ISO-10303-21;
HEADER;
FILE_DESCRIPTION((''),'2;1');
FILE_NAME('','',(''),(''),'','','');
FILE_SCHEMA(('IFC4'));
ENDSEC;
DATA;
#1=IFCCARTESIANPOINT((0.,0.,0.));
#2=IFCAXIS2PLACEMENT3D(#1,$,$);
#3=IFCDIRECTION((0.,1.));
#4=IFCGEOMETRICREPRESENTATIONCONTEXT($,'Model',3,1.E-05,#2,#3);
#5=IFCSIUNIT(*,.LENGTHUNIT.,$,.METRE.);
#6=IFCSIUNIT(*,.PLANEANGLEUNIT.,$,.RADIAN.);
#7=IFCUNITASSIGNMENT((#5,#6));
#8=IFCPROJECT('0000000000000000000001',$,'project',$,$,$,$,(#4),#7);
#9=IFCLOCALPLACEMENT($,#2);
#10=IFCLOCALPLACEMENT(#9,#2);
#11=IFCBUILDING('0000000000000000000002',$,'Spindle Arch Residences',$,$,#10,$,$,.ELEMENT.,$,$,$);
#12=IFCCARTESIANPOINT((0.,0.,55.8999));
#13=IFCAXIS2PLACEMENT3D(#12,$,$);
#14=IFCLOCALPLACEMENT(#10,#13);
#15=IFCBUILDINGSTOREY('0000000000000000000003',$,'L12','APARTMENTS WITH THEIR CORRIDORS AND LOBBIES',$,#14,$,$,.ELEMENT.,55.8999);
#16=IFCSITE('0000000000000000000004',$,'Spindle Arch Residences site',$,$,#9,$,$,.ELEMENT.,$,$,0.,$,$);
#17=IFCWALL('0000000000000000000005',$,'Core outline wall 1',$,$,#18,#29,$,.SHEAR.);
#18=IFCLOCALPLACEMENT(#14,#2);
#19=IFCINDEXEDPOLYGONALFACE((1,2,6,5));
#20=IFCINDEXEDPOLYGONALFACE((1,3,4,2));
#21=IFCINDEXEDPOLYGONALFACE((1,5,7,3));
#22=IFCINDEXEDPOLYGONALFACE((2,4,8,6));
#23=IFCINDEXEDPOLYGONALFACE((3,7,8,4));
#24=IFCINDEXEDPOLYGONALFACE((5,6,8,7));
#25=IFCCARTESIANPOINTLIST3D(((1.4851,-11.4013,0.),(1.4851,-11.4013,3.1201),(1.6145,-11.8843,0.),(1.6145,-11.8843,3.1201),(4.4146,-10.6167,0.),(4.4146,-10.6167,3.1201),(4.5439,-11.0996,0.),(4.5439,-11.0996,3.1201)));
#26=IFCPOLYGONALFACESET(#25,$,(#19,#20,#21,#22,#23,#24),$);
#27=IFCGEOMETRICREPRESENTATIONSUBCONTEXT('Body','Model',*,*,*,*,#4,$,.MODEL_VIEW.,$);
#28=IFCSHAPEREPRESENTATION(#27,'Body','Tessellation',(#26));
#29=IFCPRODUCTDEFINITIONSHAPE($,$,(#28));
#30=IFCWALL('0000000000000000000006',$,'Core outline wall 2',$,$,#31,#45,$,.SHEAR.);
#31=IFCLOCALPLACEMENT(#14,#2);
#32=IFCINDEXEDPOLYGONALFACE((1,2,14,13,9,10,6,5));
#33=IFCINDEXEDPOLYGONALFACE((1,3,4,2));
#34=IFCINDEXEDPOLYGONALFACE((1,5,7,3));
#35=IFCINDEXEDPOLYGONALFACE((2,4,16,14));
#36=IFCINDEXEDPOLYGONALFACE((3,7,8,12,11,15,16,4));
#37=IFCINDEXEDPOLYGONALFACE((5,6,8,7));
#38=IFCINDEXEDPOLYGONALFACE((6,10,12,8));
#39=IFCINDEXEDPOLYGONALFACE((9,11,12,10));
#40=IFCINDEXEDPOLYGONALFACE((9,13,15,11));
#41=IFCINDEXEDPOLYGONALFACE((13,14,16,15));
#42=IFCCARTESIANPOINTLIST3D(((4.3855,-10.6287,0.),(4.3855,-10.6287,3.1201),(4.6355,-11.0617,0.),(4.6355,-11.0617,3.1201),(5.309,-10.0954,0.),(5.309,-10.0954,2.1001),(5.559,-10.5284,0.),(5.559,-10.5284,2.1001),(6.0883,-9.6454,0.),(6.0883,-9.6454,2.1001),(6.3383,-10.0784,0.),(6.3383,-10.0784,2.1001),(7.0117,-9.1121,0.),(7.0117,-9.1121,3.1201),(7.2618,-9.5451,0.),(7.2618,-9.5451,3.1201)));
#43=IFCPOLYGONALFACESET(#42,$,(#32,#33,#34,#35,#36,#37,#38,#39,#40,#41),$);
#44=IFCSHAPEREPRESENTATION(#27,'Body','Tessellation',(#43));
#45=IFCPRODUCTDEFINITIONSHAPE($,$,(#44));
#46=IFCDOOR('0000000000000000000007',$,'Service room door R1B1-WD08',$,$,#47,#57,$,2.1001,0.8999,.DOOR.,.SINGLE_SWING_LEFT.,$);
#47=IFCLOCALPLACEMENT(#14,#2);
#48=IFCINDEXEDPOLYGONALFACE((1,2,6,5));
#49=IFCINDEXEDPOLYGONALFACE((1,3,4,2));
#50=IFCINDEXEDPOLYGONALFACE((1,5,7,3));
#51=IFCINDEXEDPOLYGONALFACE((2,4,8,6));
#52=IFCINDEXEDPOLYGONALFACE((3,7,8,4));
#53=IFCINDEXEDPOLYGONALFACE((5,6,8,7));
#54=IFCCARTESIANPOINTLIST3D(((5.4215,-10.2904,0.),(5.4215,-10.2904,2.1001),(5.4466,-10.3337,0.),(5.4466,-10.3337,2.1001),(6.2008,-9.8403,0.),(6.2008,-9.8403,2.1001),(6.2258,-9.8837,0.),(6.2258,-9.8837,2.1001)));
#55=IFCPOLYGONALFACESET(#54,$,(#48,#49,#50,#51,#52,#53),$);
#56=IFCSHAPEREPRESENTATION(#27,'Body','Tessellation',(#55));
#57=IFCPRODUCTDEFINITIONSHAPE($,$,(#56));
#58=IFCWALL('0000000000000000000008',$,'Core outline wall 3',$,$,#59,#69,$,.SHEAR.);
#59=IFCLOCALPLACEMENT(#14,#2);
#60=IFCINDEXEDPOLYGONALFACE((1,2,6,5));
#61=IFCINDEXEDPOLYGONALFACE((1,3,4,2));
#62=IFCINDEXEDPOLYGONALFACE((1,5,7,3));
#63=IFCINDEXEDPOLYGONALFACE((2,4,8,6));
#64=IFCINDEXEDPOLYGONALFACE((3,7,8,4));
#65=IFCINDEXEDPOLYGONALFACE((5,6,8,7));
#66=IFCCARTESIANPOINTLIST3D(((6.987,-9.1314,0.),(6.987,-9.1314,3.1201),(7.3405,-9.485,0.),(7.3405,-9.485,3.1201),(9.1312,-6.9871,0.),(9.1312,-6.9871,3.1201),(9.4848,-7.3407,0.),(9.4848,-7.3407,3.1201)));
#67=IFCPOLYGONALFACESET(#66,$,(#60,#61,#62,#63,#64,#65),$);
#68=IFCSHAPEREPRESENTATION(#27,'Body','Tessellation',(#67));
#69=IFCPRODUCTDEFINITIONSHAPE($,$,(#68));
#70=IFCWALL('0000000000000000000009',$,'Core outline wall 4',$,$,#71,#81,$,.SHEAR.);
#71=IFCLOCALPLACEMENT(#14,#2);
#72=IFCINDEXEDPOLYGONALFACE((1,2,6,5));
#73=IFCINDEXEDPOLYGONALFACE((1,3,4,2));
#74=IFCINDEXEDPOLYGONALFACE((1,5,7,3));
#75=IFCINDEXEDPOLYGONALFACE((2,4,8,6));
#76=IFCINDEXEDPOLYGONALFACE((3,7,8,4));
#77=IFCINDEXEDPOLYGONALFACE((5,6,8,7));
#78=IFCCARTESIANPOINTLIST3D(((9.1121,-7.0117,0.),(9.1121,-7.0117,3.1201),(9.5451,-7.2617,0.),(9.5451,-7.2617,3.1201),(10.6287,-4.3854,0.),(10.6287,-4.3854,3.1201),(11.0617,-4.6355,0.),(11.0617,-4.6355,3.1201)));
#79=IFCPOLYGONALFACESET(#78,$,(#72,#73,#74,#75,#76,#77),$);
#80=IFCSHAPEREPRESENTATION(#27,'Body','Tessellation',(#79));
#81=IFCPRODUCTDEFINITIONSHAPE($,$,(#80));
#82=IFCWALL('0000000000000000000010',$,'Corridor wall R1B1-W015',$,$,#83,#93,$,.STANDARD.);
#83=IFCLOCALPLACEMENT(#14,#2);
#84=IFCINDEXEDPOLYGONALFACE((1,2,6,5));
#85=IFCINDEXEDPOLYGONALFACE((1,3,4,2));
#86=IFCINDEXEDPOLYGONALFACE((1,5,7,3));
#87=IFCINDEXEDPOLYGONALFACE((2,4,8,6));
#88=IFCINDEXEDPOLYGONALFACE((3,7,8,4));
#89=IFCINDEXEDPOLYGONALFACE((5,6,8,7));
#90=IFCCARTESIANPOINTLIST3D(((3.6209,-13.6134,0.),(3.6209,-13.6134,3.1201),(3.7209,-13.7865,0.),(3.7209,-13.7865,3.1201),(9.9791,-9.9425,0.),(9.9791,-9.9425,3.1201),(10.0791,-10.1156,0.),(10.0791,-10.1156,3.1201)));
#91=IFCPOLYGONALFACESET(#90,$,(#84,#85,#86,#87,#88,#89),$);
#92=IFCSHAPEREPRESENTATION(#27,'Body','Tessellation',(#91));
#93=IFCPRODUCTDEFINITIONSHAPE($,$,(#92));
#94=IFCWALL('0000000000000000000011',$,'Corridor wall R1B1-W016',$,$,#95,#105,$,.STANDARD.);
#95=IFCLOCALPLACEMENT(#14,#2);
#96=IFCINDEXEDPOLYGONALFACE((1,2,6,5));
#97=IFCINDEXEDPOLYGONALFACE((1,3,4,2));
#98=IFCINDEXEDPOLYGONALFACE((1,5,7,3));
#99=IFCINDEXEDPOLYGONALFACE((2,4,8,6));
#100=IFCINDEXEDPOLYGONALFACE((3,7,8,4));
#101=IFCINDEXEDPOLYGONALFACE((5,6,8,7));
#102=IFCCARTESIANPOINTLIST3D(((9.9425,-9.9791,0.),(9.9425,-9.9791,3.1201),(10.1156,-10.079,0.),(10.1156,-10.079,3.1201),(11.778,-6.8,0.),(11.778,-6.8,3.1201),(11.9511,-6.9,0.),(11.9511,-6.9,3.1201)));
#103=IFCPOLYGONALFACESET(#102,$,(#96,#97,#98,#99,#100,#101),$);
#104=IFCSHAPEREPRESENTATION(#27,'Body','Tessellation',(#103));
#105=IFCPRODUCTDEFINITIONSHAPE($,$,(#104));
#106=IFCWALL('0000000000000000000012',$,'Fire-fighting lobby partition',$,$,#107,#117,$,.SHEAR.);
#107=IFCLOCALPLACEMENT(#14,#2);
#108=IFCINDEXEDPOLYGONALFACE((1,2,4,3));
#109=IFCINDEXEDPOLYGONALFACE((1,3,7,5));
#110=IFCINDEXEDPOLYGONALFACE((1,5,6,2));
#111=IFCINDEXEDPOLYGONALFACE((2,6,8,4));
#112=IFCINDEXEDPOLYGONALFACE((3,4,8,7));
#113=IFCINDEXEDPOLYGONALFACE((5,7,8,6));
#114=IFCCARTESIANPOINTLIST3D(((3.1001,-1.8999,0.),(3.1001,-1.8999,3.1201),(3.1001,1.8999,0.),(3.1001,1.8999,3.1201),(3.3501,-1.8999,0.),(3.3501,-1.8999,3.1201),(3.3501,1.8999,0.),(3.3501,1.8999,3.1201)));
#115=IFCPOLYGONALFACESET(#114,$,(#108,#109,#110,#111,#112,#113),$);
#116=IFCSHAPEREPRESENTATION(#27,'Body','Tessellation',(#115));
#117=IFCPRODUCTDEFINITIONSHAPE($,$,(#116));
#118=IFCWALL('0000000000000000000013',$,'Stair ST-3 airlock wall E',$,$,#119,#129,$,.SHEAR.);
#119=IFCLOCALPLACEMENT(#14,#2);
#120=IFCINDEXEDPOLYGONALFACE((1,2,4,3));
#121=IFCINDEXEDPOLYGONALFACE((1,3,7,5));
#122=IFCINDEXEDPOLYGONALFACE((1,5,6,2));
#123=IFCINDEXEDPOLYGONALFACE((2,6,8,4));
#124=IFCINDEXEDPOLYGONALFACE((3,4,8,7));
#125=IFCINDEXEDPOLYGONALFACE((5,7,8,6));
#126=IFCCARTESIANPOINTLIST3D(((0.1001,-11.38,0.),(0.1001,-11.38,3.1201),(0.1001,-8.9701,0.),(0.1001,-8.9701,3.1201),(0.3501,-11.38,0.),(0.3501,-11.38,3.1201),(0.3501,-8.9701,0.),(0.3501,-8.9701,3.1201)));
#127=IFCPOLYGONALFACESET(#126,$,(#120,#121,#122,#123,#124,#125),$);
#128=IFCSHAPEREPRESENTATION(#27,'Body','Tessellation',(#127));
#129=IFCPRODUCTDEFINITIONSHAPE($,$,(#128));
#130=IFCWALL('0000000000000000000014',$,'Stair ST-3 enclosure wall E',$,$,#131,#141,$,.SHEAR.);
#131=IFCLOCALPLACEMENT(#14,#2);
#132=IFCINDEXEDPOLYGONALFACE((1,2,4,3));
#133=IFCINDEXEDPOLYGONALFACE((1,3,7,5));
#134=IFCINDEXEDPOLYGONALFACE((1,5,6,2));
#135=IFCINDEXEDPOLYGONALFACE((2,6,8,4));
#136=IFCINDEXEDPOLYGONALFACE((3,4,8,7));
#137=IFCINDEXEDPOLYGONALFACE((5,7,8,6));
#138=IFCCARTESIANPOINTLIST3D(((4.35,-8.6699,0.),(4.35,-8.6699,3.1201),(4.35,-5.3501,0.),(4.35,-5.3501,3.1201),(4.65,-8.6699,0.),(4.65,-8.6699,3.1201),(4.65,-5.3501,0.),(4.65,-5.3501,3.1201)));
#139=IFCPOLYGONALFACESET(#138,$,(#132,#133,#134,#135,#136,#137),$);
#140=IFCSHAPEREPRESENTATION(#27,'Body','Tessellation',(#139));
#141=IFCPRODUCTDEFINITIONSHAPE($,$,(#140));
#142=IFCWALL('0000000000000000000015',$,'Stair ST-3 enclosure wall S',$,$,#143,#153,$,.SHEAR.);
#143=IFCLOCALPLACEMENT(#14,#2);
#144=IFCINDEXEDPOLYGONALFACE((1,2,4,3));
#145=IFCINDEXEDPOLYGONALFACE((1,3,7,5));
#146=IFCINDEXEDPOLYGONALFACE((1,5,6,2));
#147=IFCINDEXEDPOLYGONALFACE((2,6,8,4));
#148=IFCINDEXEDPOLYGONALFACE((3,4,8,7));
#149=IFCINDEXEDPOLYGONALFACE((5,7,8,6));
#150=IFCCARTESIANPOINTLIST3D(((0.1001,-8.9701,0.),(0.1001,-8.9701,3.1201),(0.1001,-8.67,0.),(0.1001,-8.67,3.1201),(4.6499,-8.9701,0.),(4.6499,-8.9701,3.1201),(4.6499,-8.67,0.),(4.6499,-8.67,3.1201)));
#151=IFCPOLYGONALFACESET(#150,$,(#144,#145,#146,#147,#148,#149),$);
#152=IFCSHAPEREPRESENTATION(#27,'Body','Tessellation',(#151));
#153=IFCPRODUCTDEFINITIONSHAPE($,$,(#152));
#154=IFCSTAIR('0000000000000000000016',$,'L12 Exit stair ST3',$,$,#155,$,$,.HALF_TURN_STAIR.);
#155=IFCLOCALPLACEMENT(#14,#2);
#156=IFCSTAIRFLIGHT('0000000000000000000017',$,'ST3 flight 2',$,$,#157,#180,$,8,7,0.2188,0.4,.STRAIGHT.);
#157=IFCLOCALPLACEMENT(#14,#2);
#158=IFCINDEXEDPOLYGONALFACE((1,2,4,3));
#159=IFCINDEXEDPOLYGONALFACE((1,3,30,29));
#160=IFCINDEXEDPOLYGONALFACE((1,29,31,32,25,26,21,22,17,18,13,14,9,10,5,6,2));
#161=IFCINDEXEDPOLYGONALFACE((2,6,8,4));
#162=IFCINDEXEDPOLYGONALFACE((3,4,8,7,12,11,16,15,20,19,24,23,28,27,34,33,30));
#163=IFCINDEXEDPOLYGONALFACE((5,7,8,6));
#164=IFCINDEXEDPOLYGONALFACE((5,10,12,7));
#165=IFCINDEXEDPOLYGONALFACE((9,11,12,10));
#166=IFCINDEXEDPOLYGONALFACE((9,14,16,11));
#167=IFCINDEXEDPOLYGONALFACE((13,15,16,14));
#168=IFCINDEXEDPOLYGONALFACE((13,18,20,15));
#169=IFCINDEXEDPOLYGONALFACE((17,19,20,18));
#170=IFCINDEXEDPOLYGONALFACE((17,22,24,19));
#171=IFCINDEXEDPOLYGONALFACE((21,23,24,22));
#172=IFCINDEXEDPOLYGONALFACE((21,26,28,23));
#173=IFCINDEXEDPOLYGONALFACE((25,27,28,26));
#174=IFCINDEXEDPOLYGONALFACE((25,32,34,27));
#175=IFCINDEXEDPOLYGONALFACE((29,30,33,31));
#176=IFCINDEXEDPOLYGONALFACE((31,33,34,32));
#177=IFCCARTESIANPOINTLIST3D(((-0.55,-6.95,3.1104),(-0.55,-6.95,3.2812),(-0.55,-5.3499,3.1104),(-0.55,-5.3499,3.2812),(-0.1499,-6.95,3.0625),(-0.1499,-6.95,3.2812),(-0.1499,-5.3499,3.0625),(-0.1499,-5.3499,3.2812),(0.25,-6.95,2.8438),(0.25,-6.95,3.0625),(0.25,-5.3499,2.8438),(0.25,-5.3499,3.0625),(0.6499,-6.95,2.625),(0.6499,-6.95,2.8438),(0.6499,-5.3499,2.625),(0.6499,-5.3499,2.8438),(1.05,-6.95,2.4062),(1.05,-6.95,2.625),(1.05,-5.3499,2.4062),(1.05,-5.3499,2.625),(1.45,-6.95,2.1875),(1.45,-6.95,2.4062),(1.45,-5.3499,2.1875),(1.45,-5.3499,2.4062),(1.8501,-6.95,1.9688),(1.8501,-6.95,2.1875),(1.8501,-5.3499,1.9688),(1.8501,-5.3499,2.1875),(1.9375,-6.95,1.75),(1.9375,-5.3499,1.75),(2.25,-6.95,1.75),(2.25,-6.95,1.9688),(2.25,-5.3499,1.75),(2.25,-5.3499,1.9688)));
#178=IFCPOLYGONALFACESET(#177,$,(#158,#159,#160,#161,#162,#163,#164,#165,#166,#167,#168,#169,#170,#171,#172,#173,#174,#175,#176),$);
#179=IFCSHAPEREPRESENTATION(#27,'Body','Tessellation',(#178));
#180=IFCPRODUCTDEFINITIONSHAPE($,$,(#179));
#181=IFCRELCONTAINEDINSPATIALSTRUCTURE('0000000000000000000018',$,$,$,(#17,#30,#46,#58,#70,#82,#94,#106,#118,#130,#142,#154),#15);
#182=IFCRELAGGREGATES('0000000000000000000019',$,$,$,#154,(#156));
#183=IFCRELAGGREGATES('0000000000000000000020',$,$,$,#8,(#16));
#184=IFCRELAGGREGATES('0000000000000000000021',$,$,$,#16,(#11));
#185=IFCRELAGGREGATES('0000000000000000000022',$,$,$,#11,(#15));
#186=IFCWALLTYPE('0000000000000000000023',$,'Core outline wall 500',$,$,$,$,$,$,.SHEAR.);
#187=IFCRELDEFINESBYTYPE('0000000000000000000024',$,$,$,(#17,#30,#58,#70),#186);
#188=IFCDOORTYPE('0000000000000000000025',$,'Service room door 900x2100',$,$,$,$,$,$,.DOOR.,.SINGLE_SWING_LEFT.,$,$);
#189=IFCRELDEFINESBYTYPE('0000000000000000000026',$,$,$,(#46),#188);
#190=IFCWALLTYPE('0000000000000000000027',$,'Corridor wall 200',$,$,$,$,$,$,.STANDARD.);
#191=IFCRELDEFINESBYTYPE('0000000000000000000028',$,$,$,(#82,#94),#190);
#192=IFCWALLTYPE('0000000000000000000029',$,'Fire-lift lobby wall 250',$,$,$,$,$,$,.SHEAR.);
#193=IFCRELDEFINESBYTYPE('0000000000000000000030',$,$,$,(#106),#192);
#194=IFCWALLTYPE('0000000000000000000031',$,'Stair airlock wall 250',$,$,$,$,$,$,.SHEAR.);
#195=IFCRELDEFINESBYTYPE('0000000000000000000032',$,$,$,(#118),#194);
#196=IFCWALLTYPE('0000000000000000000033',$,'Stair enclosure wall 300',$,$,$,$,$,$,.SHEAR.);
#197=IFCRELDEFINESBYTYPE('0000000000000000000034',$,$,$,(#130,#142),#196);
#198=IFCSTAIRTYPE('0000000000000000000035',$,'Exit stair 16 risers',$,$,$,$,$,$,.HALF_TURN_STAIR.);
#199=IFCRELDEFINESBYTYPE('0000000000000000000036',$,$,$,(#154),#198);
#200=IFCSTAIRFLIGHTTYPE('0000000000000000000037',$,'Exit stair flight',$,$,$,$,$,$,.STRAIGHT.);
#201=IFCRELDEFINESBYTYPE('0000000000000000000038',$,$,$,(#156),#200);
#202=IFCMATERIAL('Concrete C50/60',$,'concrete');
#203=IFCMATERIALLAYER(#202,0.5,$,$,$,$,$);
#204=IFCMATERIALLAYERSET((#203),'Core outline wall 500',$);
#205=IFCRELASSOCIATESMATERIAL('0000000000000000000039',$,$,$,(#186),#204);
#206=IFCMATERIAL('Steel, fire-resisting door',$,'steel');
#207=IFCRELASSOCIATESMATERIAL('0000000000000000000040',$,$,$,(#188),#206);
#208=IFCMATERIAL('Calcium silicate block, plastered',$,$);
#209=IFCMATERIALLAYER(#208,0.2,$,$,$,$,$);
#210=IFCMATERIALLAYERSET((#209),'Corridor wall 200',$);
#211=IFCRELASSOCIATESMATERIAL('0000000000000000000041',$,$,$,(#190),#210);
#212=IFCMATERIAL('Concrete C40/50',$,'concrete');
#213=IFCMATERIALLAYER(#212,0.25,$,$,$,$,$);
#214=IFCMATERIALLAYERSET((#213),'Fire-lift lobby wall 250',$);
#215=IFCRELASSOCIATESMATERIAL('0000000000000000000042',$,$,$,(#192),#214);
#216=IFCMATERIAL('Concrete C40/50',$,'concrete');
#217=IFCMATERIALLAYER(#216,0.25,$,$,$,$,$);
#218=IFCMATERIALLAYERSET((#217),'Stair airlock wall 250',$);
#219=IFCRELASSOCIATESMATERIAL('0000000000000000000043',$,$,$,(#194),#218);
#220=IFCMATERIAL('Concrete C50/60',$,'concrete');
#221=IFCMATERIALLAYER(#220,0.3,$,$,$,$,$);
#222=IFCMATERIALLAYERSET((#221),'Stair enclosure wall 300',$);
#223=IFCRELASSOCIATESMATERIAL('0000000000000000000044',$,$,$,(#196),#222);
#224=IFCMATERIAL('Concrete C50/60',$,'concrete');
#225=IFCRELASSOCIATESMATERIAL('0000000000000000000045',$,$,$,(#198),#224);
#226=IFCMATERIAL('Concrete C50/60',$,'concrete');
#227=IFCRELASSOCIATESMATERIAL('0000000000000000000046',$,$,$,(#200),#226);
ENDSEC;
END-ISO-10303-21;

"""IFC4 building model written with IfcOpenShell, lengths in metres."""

from ifc_helpers import new_model, si_unit, direction, frame, frame_2d, origin, place, context, subcontext, project, spatial, polyline, rectangle, outline, extrude, material, layer, layer_set, type_object, element, fill, aggregate, save


model = new_model("IFC4")

# Units and contexts
model_context = context("Model", 3, precision=1e-05, world=origin(), true_north=direction((0.0, 1.0)))
body_context = subcontext(model_context, "Body", "Model", "MODEL_VIEW")
ifc_project = project(units=[si_unit("LENGTHUNIT", "METRE"), si_unit("PLANEANGLEUNIT", "RADIAN")], contexts=[model_context])

# Site, building, storey
site_placement = place(None, origin())
site = spatial("IfcSite", under=ifc_project, at=site_placement, Name="Spindle Arch Residences site", CompositionType="ELEMENT", RefElevation=0.0)
building_placement = place(site_placement, origin())
building = spatial("IfcBuilding", under=site, at=building_placement, Name="Spindle Arch Residences", CompositionType="ELEMENT")
storey_placement = place(building_placement, frame((0.0, 0.0, 55.8999)))
storey = spatial("IfcBuildingStorey", under=building, at=storey_placement, Name="L12", Description="APARTMENTS WITH THEIR CORRIDORS AND LOBBIES", CompositionType="ELEMENT", Elevation=55.8999)

# Wall
ifc_material_1 = material(Name="Concrete C50/60", Category="concrete")
ifc_layer_1 = layer(ifc_material_1, 0.5)
ifc_layer_set_1 = layer_set([ifc_layer_1], Name="Core outline wall 500")
wall_type_1 = type_object("IfcWallType", Name="Core outline wall 500", PredefinedType="SHEAR", material=ifc_layer_set_1)
wall_1_placement = place(storey_placement, frame((1.5498, -11.6428, 0.0), z_axis=(0.0, 0.0, 1.0), x_axis=(0.965948, 0.258735, 0.0)))
element("IfcWall", 1, at=wall_1_placement, inside=storey, type_object=wall_type_1, Name="Core outline wall 1", PredefinedType="SHEAR", context=body_context, shape_type="SweptSolid", body=[
    extrude(rectangle(XDim=3.0327, YDim=0.5, at=frame_2d((1.5164, 0.0))), origin(), (0.0, 0.0, 1.0), 3.1201),
])

# Wall, opening, door
wall_2_placement = place(storey_placement, frame((4.5105, -10.8452, 0.0), z_axis=(0.0, 0.0, 1.0), x_axis=(0.865975, 0.500087, 0.0)))
wall_2 = element("IfcWall", 2, at=wall_2_placement, inside=storey, type_object=wall_type_1, Name="Core outline wall 2", PredefinedType="SHEAR", context=body_context, shape_type="SweptSolid", body=[
    extrude(rectangle(XDim=3.0327, YDim=0.5, at=frame_2d((1.5164, 0.0))), origin(), (0.0, 0.0, 1.0), 3.1201),
])
opening_1_placement = place(wall_2_placement, frame((1.0664, 0.0, 0.0)))
opening_1 = element("IfcOpeningElement", 3, at=opening_1_placement, cuts=wall_2, PredefinedType="OPENING", context=body_context, shape_type="SweptSolid", body=[
    extrude(rectangle(XDim=0.8999, YDim=2.1001, at=frame_2d((0.45, 1.05))), frame((0.0, 0.26, 0.0), z_axis=(0.0, -1.0, 0.0), x_axis=(1.0, 0.0, 0.0)), (0.0, 0.0, 1.0), 0.52),
])
ifc_material_2 = material(Name="Steel, fire-resisting door", Category="steel")
door_type_1 = type_object("IfcDoorType", Name="Service room door 900x2100", OperationType="SINGLE_SWING_LEFT", PredefinedType="DOOR", material=ifc_material_2)
door_1_placement = place(opening_1_placement, origin())
door_1 = element("IfcDoor", 4, at=door_1_placement, inside=storey, type_object=door_type_1, Name="Service room door R1B1-WD08", OperationType="SINGLE_SWING_LEFT", OverallHeight=2.1001, OverallWidth=0.8999, PredefinedType="DOOR", context=body_context, shape_type="SweptSolid", body=[
    extrude(rectangle(XDim=0.8999, YDim=2.1001, at=frame_2d((0.45, 1.05))), frame((0.0, 0.0249, 0.0), z_axis=(0.0, -1.0, 0.0), x_axis=(1.0, 0.0, 0.0)), (0.0, 0.0, 1.0), 0.05),
])
fill(opening_1, door_1)

# Walls
wall_3_placement = place(storey_placement, frame((7.1638, -9.3081, 0.0), z_axis=(0.0, 0.0, 1.0), x_axis=(0.707107, 0.707107, 0.0)))
element("IfcWall", 5, at=wall_3_placement, inside=storey, type_object=wall_type_1, Name="Core outline wall 3", PredefinedType="SHEAR", context=body_context, shape_type="SweptSolid", body=[
    extrude(rectangle(XDim=3.0325, YDim=0.5, at=frame_2d((1.5161, 0.0))), origin(), (0.0, 0.0, 1.0), 3.1201),
])
wall_4_placement = place(storey_placement, frame((9.3286, -7.1367, 0.0), z_axis=(0.0, 0.0, 1.0), x_axis=(0.500087, 0.865975, 0.0)))
element("IfcWall", 6, at=wall_4_placement, inside=storey, type_object=wall_type_1, Name="Core outline wall 4", PredefinedType="SHEAR", context=body_context, shape_type="SweptSolid", body=[
    extrude(rectangle(XDim=3.0327, YDim=0.5, at=frame_2d((1.5164, 0.0))), origin(), (0.0, 0.0, 1.0), 3.1201),
])
ifc_material_3 = material(Name="Calcium silicate block, plastered")
ifc_layer_2 = layer(ifc_material_3, 0.2)
ifc_layer_set_2 = layer_set([ifc_layer_2], Name="Corridor wall 200")
wall_type_2 = type_object("IfcWallType", Name="Corridor wall 200", PredefinedType="STANDARD", material=ifc_layer_set_2)
wall_5_placement = place(storey_placement, frame((3.6709, -13.7, 0.0), z_axis=(0.0, 0.0, 1.0), x_axis=(0.866024, 0.500002, 0.0)))
element("IfcWall", 7, at=wall_5_placement, inside=storey, type_object=wall_type_2, Name="Corridor wall R1B1-W015", PredefinedType="STANDARD", context=body_context, shape_type="SweptSolid", body=[
    extrude(rectangle(XDim=7.3418, YDim=0.2, at=frame_2d((3.6709, 0.0))), origin(), (0.0, 0.0, 1.0), 3.1201),
])
wall_6_placement = place(storey_placement, frame((10.0291, -10.0291, 0.0), z_axis=(0.0, 0.0, 1.0), x_axis=(0.500016, 0.866016, 0.0)))
element("IfcWall", 8, at=wall_6_placement, inside=storey, type_object=wall_type_2, Name="Corridor wall R1B1-W016", PredefinedType="STANDARD", context=body_context, shape_type="SweptSolid", body=[
    extrude(rectangle(XDim=3.6709, YDim=0.2, at=frame_2d((1.8354, 0.0))), origin(), (0.0, 0.0, 1.0), 3.1201),
])
ifc_material_4 = material(Name="Concrete C40/50", Category="concrete")
ifc_layer_3 = layer(ifc_material_4, 0.25)
ifc_layer_set_3 = layer_set([ifc_layer_3], Name="Fire-lift lobby wall 250")
wall_type_3 = type_object("IfcWallType", Name="Fire-lift lobby wall 250", PredefinedType="SHEAR", material=ifc_layer_set_3)
wall_7_placement = place(storey_placement, frame((3.2251, -1.8999, 0.0), z_axis=(0.0, 0.0, 1.0), x_axis=(0.0, 1.0, 0.0)))
element("IfcWall", 9, at=wall_7_placement, inside=storey, type_object=wall_type_3, Name="Fire-fighting lobby partition", PredefinedType="SHEAR", context=body_context, shape_type="SweptSolid", body=[
    extrude(rectangle(XDim=3.7998, YDim=0.25, at=frame_2d((1.8999, 0.0))), origin(), (0.0, 0.0, 1.0), 3.1201),
])

# Walls
ifc_material_5 = material(Name="Concrete C40/50", Category="concrete")
ifc_layer_4 = layer(ifc_material_5, 0.25)
ifc_layer_set_4 = layer_set([ifc_layer_4], Name="Stair airlock wall 250")
wall_type_4 = type_object("IfcWallType", Name="Stair airlock wall 250", PredefinedType="SHEAR", material=ifc_layer_set_4)
wall_8_placement = place(storey_placement, frame((0.2251, -8.97, 0.0), z_axis=(0.0, 0.0, 1.0), x_axis=(0.0, -1.0, 0.0)))
element("IfcWall", 10, at=wall_8_placement, inside=storey, type_object=wall_type_4, Name="Stair ST-3 airlock wall E", PredefinedType="SHEAR", context=body_context, shape_type="SweptSolid", body=[
    extrude(rectangle(XDim=2.4099, YDim=0.25, at=frame_2d((1.2051, 0.0))), origin(), (0.0, 0.0, 1.0), 3.1201),
])
ifc_material_6 = material(Name="Concrete C50/60", Category="concrete")
ifc_layer_5 = layer(ifc_material_6, 0.3)
ifc_layer_set_5 = layer_set([ifc_layer_5], Name="Stair enclosure wall 300")
wall_type_5 = type_object("IfcWallType", Name="Stair enclosure wall 300", PredefinedType="SHEAR", material=ifc_layer_set_5)
wall_9_placement = place(storey_placement, frame((4.5, -8.6699, 0.0), z_axis=(0.0, 0.0, 1.0), x_axis=(0.0, 1.0, 0.0)))
element("IfcWall", 11, at=wall_9_placement, inside=storey, type_object=wall_type_5, Name="Stair ST-3 enclosure wall E", PredefinedType="SHEAR", context=body_context, shape_type="SweptSolid", body=[
    extrude(rectangle(XDim=3.3198, YDim=0.3, at=frame_2d((1.6599, 0.0))), origin(), (0.0, 0.0, 1.0), 3.1201),
])
wall_10_placement = place(storey_placement, frame((0.1001, -8.8201, 0.0), z_axis=(0.0, 0.0, 1.0), x_axis=(1.0, 0.0, 0.0)))
element("IfcWall", 12, at=wall_10_placement, inside=storey, type_object=wall_type_5, Name="Stair ST-3 enclosure wall S", PredefinedType="SHEAR", context=body_context, shape_type="SweptSolid", body=[
    extrude(rectangle(XDim=4.5498, YDim=0.3, at=frame_2d((2.2749, 0.0))), origin(), (0.0, 0.0, 1.0), 3.1201),
])

# Stair, stair flight
ifc_material_7 = material(Name="Concrete C50/60", Category="concrete")
stair_type = type_object("IfcStairType", Name="Exit stair 16 risers", PredefinedType="HALF_TURN_STAIR", material=ifc_material_7)
stair_placement = place(storey_placement, origin())
stair = element("IfcStair", 13, at=stair_placement, inside=storey, type_object=stair_type, Name="L12 Exit stair ST3", PredefinedType="HALF_TURN_STAIR")
ifc_material_8 = material(Name="Concrete C50/60", Category="concrete")
stair_flight_type = type_object("IfcStairFlightType", Name="Exit stair flight", PredefinedType="STRAIGHT", material=ifc_material_8)
stair_flight_placement = place(storey_placement, frame((2.25, -6.1499, 1.75), z_axis=(0.0, 0.0, 1.0), x_axis=(-1.0, 0.0, 0.0)))
stair_flight = element("IfcStairFlight", 14, at=stair_flight_placement, type_object=stair_flight_type, Name="ST3 flight 2", NumberOfRisers=8, NumberOfTreads=7, PredefinedType="STRAIGHT", RiserHeight=0.2188, TreadLength=0.4, context=body_context, shape_type="SweptSolid", body=[
    extrude(outline(polyline([(0.0, 0.0), (0.0, 0.2188), (0.3999, 0.2188), (0.3999, 0.4375), (0.8, 0.4375), (0.8, 0.6562), (1.2, 0.6562), (1.2, 0.875), (1.6001, 0.875), (1.6001, 1.0938), (2.0, 1.0938), (2.0, 1.3125), (2.3999, 1.3125), (2.3999, 1.5312), (2.8, 1.5312), (2.8, 1.75), (2.8, 1.3604), (0.3125, 0.0), (0.0, 0.0)])), frame((0.0, 0.8, 0.0), z_axis=(0.0, -1.0, 0.0), x_axis=(1.0, 0.0, 0.0)), (0.0, 0.0, 1.0), 1.6001),
])
aggregate(stair, [stair_flight])

save(model, "model.ifc")
